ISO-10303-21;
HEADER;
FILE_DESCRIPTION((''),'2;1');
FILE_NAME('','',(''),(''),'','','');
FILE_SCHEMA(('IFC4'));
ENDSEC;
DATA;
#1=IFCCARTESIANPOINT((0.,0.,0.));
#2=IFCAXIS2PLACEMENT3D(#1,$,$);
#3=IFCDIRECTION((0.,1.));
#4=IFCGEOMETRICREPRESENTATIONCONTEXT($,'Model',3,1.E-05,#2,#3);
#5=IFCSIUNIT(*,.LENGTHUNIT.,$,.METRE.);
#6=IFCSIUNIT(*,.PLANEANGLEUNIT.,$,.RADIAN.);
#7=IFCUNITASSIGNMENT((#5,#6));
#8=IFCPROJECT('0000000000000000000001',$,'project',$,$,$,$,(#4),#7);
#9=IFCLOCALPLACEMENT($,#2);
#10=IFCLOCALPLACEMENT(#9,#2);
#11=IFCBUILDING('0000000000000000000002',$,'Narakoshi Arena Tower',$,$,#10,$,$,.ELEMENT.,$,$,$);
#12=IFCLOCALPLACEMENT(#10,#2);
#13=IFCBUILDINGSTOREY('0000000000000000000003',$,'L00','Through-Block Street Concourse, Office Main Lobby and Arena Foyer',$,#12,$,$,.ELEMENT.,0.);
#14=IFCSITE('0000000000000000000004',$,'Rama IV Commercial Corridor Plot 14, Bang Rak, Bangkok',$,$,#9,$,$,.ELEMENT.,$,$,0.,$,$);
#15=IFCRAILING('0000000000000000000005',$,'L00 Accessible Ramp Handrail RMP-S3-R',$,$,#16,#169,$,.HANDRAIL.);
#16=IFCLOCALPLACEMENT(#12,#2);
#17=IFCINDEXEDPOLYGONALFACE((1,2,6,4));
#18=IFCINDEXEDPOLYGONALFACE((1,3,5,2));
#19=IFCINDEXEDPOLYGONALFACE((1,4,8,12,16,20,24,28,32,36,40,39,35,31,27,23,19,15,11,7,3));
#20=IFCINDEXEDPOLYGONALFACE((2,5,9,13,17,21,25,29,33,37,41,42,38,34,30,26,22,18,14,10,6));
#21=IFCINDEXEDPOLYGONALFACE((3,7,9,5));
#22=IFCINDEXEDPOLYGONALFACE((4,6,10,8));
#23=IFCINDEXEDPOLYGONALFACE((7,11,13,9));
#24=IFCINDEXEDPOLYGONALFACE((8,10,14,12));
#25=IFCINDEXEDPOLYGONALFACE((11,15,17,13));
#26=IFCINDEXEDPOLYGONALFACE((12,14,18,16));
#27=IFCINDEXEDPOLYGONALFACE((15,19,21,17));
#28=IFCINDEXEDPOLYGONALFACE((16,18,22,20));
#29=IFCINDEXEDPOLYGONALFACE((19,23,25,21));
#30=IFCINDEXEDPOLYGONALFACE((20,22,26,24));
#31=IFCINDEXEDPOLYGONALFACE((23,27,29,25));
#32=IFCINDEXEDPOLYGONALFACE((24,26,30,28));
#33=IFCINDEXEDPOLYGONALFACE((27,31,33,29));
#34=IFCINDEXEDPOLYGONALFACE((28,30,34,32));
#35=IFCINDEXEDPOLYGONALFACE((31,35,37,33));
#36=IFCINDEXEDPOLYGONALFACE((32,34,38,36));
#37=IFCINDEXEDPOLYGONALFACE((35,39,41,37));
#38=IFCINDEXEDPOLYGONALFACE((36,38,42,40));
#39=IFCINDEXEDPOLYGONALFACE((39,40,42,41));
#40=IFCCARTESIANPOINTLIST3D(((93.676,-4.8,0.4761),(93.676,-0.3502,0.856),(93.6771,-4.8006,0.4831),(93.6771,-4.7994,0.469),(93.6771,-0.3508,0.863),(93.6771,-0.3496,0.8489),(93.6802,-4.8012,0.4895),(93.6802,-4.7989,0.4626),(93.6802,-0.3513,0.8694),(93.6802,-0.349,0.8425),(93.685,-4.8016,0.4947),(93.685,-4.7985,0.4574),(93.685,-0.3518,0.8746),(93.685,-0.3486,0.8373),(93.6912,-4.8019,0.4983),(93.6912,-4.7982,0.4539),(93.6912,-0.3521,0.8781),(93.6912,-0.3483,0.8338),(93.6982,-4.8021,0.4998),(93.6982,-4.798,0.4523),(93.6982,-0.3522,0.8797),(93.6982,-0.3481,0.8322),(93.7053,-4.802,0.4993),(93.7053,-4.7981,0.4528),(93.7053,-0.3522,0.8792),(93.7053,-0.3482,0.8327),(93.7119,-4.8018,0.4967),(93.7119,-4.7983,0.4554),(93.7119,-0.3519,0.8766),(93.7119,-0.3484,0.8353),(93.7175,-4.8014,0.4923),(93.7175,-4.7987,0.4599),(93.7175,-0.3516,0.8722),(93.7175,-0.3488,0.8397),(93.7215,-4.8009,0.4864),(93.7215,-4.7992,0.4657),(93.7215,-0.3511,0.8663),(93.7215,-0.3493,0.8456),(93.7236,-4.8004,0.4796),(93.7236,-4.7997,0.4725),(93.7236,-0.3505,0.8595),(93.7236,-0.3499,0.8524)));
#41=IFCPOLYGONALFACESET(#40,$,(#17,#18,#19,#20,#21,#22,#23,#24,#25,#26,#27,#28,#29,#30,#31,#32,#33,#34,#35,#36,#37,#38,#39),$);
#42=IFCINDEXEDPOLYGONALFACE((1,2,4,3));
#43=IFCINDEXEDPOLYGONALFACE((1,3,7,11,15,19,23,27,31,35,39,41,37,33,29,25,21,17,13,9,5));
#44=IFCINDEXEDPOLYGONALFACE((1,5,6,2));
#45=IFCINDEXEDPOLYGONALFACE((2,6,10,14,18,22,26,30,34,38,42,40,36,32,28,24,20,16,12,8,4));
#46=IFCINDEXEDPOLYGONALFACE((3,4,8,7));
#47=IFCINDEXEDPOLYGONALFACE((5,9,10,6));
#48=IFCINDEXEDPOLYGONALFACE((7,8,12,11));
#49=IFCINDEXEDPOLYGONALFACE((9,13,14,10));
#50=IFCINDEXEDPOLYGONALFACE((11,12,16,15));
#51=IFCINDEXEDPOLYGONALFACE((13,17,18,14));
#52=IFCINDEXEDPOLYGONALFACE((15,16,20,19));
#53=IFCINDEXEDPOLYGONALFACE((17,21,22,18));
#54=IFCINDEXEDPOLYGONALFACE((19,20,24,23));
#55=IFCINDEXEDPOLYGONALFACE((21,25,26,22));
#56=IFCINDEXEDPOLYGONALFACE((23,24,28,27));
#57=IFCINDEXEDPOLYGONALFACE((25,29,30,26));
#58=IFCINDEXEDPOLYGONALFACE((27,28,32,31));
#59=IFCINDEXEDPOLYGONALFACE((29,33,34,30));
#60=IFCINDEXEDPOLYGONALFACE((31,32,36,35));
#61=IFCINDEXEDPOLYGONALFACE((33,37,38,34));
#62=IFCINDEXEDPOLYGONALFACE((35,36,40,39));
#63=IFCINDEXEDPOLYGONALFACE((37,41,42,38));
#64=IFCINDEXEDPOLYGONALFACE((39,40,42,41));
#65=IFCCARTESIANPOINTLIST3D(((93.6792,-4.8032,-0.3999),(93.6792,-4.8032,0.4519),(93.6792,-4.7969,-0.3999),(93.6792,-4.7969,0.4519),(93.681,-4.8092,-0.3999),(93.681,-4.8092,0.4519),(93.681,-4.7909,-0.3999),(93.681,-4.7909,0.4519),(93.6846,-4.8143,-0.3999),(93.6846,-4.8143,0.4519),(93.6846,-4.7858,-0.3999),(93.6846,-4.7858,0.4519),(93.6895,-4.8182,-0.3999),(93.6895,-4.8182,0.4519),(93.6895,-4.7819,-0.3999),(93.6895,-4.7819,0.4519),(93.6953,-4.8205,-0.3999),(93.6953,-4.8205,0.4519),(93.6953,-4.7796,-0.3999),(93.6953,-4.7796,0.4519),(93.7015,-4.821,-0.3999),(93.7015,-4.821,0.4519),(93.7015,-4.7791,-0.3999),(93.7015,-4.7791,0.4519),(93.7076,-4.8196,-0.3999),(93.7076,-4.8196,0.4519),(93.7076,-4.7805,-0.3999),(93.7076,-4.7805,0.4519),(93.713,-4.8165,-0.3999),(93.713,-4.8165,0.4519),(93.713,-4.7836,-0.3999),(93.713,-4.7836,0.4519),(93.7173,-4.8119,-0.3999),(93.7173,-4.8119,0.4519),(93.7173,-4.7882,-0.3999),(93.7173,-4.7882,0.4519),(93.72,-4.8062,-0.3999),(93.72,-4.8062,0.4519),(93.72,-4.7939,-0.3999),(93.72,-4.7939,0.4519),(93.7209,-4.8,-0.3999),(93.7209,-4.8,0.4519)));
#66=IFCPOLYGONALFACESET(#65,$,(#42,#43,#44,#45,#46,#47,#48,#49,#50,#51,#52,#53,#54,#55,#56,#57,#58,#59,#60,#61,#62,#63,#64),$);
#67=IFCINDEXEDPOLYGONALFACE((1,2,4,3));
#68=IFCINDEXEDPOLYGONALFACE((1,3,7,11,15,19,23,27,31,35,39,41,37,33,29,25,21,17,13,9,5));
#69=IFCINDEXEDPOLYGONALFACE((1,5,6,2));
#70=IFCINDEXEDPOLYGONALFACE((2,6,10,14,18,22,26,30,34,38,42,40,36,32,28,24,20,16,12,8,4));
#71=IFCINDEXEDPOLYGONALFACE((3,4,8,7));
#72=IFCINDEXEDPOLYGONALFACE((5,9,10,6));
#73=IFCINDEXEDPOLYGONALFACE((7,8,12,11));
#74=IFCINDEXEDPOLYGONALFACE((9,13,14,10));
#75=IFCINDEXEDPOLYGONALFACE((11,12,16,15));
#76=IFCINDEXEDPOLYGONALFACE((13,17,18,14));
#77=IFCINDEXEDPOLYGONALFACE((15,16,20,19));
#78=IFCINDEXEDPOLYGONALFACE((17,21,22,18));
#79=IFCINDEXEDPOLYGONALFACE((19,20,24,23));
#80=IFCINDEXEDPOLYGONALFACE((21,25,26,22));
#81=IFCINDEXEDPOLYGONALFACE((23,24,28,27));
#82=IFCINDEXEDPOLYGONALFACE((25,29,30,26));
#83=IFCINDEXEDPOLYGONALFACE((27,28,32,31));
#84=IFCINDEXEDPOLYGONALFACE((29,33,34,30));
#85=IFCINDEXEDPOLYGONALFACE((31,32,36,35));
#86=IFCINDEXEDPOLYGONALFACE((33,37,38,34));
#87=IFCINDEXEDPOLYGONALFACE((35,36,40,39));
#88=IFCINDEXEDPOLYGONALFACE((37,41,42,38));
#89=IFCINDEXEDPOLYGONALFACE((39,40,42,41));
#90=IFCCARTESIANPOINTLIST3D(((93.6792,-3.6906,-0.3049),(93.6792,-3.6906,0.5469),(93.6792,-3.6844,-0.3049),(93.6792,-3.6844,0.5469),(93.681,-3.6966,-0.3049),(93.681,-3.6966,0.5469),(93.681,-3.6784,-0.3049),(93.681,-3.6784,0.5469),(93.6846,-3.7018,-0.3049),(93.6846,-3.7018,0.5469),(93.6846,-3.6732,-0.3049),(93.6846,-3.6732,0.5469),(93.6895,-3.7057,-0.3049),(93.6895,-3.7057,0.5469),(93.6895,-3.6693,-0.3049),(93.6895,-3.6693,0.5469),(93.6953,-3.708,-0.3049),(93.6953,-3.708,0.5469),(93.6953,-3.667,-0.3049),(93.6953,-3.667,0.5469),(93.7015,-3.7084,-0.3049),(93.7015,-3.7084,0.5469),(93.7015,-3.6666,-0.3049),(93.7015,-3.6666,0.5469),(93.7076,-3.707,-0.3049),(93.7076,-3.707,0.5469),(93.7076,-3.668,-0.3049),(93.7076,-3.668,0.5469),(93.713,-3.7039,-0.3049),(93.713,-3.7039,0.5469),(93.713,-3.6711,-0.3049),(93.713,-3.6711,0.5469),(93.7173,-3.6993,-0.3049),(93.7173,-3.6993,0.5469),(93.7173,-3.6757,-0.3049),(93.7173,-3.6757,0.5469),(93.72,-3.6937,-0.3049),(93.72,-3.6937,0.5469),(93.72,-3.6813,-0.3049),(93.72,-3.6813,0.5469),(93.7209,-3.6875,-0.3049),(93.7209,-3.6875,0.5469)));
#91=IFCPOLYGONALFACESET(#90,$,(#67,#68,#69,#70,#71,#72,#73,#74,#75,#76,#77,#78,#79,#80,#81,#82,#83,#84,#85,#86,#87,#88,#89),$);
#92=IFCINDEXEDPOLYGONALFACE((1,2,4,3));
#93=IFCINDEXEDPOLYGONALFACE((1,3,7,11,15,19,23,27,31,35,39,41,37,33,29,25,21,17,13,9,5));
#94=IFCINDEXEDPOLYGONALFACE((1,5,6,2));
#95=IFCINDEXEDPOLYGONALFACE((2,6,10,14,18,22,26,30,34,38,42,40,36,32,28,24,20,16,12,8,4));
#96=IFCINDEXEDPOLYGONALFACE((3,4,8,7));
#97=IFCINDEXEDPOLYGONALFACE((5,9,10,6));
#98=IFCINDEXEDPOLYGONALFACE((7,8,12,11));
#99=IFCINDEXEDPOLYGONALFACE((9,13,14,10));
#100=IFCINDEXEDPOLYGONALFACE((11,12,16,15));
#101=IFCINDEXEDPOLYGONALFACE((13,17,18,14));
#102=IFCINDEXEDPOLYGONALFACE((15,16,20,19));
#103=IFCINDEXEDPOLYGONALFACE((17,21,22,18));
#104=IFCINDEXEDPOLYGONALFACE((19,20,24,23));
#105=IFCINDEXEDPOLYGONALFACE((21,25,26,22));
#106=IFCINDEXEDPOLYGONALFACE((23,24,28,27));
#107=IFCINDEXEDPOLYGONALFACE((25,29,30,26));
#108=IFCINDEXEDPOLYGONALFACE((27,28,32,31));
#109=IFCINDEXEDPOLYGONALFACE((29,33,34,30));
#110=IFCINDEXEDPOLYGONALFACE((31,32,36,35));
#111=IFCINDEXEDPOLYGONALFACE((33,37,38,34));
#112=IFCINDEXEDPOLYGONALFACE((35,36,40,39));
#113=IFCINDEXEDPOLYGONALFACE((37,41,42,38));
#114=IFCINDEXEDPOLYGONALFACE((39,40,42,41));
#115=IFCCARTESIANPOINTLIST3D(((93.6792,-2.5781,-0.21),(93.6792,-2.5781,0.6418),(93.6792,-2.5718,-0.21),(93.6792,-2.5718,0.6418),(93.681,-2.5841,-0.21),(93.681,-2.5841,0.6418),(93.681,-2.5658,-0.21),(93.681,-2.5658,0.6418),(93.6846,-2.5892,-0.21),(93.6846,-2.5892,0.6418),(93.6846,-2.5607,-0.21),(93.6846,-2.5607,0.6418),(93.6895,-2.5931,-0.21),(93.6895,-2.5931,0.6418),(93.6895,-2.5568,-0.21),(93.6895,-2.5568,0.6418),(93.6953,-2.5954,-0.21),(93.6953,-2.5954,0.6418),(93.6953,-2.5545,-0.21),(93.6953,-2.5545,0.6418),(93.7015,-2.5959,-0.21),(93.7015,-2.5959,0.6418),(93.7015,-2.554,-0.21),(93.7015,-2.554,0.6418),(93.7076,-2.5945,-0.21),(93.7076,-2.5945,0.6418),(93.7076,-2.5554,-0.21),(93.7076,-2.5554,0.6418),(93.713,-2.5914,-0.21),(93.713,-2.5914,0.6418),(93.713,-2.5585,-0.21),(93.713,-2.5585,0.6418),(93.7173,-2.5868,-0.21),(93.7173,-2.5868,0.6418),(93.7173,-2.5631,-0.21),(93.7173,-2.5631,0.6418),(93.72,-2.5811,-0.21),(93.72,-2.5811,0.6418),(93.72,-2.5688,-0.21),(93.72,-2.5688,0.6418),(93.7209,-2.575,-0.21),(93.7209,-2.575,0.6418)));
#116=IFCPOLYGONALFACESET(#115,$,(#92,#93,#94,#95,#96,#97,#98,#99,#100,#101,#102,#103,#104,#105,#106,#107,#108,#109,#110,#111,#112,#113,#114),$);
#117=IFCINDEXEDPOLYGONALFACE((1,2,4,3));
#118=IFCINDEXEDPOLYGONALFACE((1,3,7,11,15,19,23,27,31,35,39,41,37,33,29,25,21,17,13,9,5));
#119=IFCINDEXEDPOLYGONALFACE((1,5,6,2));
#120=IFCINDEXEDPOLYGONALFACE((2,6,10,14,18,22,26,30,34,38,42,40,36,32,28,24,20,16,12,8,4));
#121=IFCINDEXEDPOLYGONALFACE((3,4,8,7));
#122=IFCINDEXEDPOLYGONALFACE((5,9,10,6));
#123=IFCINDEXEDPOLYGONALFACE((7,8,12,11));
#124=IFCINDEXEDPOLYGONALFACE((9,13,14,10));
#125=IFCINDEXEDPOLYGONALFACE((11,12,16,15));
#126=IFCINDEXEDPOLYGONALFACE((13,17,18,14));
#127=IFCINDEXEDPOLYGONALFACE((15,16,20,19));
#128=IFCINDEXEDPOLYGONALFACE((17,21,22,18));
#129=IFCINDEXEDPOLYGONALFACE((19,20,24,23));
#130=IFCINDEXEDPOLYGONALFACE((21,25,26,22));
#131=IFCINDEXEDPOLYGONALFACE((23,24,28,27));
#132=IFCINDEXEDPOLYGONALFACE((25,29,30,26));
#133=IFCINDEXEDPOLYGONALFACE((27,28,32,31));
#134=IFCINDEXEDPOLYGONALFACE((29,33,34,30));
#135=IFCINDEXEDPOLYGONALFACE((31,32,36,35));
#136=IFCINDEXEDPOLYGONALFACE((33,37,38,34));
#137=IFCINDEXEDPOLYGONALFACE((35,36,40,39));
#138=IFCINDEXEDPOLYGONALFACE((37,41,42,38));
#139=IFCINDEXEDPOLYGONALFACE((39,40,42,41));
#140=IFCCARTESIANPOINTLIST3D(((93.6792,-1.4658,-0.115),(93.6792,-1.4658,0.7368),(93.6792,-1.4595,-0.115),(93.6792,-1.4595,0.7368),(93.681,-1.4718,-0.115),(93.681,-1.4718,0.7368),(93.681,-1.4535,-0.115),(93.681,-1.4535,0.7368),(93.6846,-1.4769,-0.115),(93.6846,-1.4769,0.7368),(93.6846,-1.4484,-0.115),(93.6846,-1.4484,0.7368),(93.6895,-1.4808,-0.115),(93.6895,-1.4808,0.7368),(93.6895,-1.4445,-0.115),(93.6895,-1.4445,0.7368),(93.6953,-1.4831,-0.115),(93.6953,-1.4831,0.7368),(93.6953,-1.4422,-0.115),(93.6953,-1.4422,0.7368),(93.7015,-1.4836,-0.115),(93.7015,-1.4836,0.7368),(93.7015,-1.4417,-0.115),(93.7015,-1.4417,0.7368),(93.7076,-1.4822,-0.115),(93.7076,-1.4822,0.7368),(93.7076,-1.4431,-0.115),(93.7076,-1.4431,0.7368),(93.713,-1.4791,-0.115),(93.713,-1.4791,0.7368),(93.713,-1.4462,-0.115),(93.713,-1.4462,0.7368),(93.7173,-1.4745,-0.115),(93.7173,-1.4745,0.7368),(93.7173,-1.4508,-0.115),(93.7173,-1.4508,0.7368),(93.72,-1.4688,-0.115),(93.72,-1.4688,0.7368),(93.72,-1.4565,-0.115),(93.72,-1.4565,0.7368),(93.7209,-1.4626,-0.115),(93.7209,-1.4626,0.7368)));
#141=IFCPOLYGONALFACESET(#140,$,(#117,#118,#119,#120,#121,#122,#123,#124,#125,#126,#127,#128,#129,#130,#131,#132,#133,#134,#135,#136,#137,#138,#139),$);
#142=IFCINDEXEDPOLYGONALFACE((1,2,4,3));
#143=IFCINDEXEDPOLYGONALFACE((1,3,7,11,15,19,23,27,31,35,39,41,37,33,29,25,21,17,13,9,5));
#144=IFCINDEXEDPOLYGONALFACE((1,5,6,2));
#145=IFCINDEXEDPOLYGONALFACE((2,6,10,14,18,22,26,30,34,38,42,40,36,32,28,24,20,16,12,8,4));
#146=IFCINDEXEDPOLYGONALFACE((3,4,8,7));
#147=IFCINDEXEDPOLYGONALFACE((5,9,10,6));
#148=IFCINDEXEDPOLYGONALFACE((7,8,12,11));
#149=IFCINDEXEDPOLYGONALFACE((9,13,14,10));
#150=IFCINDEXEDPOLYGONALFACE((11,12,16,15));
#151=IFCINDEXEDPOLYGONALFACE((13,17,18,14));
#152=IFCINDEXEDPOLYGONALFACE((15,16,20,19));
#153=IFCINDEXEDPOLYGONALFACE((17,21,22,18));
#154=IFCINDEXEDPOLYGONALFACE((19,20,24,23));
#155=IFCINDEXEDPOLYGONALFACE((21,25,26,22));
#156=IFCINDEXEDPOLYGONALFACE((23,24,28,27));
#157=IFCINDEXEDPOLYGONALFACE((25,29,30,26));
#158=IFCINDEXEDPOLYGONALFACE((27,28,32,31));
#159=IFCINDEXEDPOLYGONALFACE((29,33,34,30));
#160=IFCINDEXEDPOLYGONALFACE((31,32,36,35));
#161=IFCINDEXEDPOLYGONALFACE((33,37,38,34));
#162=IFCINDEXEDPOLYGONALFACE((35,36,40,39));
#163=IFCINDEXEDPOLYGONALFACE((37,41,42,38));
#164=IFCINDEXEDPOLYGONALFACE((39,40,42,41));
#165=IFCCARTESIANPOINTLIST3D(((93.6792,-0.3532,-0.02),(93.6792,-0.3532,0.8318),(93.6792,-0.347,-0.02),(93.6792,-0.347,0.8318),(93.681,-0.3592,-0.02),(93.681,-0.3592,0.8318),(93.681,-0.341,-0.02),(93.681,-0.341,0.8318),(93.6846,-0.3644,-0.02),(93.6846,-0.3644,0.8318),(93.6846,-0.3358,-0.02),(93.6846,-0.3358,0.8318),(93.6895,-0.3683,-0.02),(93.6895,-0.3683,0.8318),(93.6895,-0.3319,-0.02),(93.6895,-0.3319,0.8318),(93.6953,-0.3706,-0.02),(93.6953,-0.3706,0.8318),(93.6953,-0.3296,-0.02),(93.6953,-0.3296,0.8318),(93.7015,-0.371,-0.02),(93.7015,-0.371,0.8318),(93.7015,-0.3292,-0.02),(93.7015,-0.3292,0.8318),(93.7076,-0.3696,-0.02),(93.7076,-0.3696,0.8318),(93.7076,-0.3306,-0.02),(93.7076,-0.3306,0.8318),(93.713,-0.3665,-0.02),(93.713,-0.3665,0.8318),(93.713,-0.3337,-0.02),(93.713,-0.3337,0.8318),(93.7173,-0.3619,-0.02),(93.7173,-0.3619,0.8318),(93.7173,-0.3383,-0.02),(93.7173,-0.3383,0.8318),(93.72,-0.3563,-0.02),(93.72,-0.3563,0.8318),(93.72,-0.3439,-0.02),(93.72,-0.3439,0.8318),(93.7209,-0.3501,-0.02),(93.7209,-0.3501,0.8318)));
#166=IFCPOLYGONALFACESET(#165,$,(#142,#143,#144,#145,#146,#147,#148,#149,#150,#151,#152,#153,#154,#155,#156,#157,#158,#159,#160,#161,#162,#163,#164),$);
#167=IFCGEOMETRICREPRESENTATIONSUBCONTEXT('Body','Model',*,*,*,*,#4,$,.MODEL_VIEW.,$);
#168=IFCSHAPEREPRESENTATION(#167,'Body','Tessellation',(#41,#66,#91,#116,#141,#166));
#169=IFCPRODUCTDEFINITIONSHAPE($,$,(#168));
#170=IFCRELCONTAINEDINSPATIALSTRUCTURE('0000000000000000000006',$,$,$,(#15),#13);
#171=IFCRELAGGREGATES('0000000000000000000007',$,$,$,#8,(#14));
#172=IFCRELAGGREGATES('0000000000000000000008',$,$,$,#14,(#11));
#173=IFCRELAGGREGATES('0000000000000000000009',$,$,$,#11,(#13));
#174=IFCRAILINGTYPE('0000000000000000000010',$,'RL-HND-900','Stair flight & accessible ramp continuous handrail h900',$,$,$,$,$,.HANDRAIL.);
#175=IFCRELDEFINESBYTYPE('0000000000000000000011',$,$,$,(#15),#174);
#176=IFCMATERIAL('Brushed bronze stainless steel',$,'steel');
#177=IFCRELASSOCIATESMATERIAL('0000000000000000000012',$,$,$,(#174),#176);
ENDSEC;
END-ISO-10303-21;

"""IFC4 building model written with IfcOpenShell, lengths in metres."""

from ifc_helpers import new_model, si_unit, direction, frame, origin, origin_2d, place, context, subcontext, project, spatial, circle, extrude, material, type_object, element, save


model = new_model("IFC4")

# Units and contexts
model_context = context("Model", 3, precision=1e-05, world=origin(), true_north=direction((0.0, 1.0)))
body_context = subcontext(model_context, "Body", "Model", "MODEL_VIEW")
ifc_project = project(units=[si_unit("LENGTHUNIT", "METRE"), si_unit("PLANEANGLEUNIT", "RADIAN")], contexts=[model_context])

# Site, building, storey
site_placement = place(None, origin())
site = spatial("IfcSite", under=ifc_project, at=site_placement, Name="Rama IV Commercial Corridor Plot 14, Bang Rak, Bangkok", CompositionType="ELEMENT", RefElevation=0.0)
building_placement = place(site_placement, origin())
building = spatial("IfcBuilding", under=site, at=building_placement, Name="Narakoshi Arena Tower", CompositionType="ELEMENT")
storey_placement = place(building_placement, origin())
storey = spatial("IfcBuildingStorey", under=building, at=storey_placement, Name="L00", Description="Through-Block Street Concourse, Office Main Lobby and Arena Foyer", CompositionType="ELEMENT", Elevation=0.0)

# Railing
ifc_material_1 = material(Name="Brushed bronze stainless steel", Category="steel")
railing_type = type_object("IfcRailingType", Name="RL-HND-900", Description="Stair flight & accessible ramp continuous handrail h900", PredefinedType="HANDRAIL", material=ifc_material_1)
for number, where, name in (
    (1, (93.7, -4.8, -0.3999), "L00 Accessible Ramp Handrail RMP-S3-R"),
):
    element("IfcRailing", number, at=place(storey_placement, frame(where)), inside=storey, type_object=railing_type, Name=name, PredefinedType="HANDRAIL", context=body_context, shape_type="SweptSolid", body=[
        extrude(circle(Radius=0.0239, at=origin_2d()), frame((0.0, 0.0, 0.876), z_axis=(0.0, 0.996376, 0.085058), x_axis=(-1.0, 0.0, 0.0)), (0.0, 0.0, 1.0), 4.4661),
        extrude(circle(Radius=0.021, at=origin_2d()), origin(), (0.0, 0.0, 1.0), 0.8518),
        extrude(circle(Radius=0.021, at=origin_2d()), frame((0.0, 1.1125, 0.095)), (0.0, 0.0, 1.0), 0.8518),
        extrude(circle(Radius=0.021, at=origin_2d()), frame((0.0, 2.2251, 0.1899)), (0.0, 0.0, 1.0), 0.8518),
        extrude(circle(Radius=0.021, at=origin_2d()), frame((0.0, 3.3374, 0.2849)), (0.0, 0.0, 1.0), 0.8518),
        extrude(circle(Radius=0.021, at=origin_2d()), frame((0.0, 4.45, 0.3799)), (0.0, 0.0, 1.0), 0.8518),
    ])

save(model, "model.ifc")
